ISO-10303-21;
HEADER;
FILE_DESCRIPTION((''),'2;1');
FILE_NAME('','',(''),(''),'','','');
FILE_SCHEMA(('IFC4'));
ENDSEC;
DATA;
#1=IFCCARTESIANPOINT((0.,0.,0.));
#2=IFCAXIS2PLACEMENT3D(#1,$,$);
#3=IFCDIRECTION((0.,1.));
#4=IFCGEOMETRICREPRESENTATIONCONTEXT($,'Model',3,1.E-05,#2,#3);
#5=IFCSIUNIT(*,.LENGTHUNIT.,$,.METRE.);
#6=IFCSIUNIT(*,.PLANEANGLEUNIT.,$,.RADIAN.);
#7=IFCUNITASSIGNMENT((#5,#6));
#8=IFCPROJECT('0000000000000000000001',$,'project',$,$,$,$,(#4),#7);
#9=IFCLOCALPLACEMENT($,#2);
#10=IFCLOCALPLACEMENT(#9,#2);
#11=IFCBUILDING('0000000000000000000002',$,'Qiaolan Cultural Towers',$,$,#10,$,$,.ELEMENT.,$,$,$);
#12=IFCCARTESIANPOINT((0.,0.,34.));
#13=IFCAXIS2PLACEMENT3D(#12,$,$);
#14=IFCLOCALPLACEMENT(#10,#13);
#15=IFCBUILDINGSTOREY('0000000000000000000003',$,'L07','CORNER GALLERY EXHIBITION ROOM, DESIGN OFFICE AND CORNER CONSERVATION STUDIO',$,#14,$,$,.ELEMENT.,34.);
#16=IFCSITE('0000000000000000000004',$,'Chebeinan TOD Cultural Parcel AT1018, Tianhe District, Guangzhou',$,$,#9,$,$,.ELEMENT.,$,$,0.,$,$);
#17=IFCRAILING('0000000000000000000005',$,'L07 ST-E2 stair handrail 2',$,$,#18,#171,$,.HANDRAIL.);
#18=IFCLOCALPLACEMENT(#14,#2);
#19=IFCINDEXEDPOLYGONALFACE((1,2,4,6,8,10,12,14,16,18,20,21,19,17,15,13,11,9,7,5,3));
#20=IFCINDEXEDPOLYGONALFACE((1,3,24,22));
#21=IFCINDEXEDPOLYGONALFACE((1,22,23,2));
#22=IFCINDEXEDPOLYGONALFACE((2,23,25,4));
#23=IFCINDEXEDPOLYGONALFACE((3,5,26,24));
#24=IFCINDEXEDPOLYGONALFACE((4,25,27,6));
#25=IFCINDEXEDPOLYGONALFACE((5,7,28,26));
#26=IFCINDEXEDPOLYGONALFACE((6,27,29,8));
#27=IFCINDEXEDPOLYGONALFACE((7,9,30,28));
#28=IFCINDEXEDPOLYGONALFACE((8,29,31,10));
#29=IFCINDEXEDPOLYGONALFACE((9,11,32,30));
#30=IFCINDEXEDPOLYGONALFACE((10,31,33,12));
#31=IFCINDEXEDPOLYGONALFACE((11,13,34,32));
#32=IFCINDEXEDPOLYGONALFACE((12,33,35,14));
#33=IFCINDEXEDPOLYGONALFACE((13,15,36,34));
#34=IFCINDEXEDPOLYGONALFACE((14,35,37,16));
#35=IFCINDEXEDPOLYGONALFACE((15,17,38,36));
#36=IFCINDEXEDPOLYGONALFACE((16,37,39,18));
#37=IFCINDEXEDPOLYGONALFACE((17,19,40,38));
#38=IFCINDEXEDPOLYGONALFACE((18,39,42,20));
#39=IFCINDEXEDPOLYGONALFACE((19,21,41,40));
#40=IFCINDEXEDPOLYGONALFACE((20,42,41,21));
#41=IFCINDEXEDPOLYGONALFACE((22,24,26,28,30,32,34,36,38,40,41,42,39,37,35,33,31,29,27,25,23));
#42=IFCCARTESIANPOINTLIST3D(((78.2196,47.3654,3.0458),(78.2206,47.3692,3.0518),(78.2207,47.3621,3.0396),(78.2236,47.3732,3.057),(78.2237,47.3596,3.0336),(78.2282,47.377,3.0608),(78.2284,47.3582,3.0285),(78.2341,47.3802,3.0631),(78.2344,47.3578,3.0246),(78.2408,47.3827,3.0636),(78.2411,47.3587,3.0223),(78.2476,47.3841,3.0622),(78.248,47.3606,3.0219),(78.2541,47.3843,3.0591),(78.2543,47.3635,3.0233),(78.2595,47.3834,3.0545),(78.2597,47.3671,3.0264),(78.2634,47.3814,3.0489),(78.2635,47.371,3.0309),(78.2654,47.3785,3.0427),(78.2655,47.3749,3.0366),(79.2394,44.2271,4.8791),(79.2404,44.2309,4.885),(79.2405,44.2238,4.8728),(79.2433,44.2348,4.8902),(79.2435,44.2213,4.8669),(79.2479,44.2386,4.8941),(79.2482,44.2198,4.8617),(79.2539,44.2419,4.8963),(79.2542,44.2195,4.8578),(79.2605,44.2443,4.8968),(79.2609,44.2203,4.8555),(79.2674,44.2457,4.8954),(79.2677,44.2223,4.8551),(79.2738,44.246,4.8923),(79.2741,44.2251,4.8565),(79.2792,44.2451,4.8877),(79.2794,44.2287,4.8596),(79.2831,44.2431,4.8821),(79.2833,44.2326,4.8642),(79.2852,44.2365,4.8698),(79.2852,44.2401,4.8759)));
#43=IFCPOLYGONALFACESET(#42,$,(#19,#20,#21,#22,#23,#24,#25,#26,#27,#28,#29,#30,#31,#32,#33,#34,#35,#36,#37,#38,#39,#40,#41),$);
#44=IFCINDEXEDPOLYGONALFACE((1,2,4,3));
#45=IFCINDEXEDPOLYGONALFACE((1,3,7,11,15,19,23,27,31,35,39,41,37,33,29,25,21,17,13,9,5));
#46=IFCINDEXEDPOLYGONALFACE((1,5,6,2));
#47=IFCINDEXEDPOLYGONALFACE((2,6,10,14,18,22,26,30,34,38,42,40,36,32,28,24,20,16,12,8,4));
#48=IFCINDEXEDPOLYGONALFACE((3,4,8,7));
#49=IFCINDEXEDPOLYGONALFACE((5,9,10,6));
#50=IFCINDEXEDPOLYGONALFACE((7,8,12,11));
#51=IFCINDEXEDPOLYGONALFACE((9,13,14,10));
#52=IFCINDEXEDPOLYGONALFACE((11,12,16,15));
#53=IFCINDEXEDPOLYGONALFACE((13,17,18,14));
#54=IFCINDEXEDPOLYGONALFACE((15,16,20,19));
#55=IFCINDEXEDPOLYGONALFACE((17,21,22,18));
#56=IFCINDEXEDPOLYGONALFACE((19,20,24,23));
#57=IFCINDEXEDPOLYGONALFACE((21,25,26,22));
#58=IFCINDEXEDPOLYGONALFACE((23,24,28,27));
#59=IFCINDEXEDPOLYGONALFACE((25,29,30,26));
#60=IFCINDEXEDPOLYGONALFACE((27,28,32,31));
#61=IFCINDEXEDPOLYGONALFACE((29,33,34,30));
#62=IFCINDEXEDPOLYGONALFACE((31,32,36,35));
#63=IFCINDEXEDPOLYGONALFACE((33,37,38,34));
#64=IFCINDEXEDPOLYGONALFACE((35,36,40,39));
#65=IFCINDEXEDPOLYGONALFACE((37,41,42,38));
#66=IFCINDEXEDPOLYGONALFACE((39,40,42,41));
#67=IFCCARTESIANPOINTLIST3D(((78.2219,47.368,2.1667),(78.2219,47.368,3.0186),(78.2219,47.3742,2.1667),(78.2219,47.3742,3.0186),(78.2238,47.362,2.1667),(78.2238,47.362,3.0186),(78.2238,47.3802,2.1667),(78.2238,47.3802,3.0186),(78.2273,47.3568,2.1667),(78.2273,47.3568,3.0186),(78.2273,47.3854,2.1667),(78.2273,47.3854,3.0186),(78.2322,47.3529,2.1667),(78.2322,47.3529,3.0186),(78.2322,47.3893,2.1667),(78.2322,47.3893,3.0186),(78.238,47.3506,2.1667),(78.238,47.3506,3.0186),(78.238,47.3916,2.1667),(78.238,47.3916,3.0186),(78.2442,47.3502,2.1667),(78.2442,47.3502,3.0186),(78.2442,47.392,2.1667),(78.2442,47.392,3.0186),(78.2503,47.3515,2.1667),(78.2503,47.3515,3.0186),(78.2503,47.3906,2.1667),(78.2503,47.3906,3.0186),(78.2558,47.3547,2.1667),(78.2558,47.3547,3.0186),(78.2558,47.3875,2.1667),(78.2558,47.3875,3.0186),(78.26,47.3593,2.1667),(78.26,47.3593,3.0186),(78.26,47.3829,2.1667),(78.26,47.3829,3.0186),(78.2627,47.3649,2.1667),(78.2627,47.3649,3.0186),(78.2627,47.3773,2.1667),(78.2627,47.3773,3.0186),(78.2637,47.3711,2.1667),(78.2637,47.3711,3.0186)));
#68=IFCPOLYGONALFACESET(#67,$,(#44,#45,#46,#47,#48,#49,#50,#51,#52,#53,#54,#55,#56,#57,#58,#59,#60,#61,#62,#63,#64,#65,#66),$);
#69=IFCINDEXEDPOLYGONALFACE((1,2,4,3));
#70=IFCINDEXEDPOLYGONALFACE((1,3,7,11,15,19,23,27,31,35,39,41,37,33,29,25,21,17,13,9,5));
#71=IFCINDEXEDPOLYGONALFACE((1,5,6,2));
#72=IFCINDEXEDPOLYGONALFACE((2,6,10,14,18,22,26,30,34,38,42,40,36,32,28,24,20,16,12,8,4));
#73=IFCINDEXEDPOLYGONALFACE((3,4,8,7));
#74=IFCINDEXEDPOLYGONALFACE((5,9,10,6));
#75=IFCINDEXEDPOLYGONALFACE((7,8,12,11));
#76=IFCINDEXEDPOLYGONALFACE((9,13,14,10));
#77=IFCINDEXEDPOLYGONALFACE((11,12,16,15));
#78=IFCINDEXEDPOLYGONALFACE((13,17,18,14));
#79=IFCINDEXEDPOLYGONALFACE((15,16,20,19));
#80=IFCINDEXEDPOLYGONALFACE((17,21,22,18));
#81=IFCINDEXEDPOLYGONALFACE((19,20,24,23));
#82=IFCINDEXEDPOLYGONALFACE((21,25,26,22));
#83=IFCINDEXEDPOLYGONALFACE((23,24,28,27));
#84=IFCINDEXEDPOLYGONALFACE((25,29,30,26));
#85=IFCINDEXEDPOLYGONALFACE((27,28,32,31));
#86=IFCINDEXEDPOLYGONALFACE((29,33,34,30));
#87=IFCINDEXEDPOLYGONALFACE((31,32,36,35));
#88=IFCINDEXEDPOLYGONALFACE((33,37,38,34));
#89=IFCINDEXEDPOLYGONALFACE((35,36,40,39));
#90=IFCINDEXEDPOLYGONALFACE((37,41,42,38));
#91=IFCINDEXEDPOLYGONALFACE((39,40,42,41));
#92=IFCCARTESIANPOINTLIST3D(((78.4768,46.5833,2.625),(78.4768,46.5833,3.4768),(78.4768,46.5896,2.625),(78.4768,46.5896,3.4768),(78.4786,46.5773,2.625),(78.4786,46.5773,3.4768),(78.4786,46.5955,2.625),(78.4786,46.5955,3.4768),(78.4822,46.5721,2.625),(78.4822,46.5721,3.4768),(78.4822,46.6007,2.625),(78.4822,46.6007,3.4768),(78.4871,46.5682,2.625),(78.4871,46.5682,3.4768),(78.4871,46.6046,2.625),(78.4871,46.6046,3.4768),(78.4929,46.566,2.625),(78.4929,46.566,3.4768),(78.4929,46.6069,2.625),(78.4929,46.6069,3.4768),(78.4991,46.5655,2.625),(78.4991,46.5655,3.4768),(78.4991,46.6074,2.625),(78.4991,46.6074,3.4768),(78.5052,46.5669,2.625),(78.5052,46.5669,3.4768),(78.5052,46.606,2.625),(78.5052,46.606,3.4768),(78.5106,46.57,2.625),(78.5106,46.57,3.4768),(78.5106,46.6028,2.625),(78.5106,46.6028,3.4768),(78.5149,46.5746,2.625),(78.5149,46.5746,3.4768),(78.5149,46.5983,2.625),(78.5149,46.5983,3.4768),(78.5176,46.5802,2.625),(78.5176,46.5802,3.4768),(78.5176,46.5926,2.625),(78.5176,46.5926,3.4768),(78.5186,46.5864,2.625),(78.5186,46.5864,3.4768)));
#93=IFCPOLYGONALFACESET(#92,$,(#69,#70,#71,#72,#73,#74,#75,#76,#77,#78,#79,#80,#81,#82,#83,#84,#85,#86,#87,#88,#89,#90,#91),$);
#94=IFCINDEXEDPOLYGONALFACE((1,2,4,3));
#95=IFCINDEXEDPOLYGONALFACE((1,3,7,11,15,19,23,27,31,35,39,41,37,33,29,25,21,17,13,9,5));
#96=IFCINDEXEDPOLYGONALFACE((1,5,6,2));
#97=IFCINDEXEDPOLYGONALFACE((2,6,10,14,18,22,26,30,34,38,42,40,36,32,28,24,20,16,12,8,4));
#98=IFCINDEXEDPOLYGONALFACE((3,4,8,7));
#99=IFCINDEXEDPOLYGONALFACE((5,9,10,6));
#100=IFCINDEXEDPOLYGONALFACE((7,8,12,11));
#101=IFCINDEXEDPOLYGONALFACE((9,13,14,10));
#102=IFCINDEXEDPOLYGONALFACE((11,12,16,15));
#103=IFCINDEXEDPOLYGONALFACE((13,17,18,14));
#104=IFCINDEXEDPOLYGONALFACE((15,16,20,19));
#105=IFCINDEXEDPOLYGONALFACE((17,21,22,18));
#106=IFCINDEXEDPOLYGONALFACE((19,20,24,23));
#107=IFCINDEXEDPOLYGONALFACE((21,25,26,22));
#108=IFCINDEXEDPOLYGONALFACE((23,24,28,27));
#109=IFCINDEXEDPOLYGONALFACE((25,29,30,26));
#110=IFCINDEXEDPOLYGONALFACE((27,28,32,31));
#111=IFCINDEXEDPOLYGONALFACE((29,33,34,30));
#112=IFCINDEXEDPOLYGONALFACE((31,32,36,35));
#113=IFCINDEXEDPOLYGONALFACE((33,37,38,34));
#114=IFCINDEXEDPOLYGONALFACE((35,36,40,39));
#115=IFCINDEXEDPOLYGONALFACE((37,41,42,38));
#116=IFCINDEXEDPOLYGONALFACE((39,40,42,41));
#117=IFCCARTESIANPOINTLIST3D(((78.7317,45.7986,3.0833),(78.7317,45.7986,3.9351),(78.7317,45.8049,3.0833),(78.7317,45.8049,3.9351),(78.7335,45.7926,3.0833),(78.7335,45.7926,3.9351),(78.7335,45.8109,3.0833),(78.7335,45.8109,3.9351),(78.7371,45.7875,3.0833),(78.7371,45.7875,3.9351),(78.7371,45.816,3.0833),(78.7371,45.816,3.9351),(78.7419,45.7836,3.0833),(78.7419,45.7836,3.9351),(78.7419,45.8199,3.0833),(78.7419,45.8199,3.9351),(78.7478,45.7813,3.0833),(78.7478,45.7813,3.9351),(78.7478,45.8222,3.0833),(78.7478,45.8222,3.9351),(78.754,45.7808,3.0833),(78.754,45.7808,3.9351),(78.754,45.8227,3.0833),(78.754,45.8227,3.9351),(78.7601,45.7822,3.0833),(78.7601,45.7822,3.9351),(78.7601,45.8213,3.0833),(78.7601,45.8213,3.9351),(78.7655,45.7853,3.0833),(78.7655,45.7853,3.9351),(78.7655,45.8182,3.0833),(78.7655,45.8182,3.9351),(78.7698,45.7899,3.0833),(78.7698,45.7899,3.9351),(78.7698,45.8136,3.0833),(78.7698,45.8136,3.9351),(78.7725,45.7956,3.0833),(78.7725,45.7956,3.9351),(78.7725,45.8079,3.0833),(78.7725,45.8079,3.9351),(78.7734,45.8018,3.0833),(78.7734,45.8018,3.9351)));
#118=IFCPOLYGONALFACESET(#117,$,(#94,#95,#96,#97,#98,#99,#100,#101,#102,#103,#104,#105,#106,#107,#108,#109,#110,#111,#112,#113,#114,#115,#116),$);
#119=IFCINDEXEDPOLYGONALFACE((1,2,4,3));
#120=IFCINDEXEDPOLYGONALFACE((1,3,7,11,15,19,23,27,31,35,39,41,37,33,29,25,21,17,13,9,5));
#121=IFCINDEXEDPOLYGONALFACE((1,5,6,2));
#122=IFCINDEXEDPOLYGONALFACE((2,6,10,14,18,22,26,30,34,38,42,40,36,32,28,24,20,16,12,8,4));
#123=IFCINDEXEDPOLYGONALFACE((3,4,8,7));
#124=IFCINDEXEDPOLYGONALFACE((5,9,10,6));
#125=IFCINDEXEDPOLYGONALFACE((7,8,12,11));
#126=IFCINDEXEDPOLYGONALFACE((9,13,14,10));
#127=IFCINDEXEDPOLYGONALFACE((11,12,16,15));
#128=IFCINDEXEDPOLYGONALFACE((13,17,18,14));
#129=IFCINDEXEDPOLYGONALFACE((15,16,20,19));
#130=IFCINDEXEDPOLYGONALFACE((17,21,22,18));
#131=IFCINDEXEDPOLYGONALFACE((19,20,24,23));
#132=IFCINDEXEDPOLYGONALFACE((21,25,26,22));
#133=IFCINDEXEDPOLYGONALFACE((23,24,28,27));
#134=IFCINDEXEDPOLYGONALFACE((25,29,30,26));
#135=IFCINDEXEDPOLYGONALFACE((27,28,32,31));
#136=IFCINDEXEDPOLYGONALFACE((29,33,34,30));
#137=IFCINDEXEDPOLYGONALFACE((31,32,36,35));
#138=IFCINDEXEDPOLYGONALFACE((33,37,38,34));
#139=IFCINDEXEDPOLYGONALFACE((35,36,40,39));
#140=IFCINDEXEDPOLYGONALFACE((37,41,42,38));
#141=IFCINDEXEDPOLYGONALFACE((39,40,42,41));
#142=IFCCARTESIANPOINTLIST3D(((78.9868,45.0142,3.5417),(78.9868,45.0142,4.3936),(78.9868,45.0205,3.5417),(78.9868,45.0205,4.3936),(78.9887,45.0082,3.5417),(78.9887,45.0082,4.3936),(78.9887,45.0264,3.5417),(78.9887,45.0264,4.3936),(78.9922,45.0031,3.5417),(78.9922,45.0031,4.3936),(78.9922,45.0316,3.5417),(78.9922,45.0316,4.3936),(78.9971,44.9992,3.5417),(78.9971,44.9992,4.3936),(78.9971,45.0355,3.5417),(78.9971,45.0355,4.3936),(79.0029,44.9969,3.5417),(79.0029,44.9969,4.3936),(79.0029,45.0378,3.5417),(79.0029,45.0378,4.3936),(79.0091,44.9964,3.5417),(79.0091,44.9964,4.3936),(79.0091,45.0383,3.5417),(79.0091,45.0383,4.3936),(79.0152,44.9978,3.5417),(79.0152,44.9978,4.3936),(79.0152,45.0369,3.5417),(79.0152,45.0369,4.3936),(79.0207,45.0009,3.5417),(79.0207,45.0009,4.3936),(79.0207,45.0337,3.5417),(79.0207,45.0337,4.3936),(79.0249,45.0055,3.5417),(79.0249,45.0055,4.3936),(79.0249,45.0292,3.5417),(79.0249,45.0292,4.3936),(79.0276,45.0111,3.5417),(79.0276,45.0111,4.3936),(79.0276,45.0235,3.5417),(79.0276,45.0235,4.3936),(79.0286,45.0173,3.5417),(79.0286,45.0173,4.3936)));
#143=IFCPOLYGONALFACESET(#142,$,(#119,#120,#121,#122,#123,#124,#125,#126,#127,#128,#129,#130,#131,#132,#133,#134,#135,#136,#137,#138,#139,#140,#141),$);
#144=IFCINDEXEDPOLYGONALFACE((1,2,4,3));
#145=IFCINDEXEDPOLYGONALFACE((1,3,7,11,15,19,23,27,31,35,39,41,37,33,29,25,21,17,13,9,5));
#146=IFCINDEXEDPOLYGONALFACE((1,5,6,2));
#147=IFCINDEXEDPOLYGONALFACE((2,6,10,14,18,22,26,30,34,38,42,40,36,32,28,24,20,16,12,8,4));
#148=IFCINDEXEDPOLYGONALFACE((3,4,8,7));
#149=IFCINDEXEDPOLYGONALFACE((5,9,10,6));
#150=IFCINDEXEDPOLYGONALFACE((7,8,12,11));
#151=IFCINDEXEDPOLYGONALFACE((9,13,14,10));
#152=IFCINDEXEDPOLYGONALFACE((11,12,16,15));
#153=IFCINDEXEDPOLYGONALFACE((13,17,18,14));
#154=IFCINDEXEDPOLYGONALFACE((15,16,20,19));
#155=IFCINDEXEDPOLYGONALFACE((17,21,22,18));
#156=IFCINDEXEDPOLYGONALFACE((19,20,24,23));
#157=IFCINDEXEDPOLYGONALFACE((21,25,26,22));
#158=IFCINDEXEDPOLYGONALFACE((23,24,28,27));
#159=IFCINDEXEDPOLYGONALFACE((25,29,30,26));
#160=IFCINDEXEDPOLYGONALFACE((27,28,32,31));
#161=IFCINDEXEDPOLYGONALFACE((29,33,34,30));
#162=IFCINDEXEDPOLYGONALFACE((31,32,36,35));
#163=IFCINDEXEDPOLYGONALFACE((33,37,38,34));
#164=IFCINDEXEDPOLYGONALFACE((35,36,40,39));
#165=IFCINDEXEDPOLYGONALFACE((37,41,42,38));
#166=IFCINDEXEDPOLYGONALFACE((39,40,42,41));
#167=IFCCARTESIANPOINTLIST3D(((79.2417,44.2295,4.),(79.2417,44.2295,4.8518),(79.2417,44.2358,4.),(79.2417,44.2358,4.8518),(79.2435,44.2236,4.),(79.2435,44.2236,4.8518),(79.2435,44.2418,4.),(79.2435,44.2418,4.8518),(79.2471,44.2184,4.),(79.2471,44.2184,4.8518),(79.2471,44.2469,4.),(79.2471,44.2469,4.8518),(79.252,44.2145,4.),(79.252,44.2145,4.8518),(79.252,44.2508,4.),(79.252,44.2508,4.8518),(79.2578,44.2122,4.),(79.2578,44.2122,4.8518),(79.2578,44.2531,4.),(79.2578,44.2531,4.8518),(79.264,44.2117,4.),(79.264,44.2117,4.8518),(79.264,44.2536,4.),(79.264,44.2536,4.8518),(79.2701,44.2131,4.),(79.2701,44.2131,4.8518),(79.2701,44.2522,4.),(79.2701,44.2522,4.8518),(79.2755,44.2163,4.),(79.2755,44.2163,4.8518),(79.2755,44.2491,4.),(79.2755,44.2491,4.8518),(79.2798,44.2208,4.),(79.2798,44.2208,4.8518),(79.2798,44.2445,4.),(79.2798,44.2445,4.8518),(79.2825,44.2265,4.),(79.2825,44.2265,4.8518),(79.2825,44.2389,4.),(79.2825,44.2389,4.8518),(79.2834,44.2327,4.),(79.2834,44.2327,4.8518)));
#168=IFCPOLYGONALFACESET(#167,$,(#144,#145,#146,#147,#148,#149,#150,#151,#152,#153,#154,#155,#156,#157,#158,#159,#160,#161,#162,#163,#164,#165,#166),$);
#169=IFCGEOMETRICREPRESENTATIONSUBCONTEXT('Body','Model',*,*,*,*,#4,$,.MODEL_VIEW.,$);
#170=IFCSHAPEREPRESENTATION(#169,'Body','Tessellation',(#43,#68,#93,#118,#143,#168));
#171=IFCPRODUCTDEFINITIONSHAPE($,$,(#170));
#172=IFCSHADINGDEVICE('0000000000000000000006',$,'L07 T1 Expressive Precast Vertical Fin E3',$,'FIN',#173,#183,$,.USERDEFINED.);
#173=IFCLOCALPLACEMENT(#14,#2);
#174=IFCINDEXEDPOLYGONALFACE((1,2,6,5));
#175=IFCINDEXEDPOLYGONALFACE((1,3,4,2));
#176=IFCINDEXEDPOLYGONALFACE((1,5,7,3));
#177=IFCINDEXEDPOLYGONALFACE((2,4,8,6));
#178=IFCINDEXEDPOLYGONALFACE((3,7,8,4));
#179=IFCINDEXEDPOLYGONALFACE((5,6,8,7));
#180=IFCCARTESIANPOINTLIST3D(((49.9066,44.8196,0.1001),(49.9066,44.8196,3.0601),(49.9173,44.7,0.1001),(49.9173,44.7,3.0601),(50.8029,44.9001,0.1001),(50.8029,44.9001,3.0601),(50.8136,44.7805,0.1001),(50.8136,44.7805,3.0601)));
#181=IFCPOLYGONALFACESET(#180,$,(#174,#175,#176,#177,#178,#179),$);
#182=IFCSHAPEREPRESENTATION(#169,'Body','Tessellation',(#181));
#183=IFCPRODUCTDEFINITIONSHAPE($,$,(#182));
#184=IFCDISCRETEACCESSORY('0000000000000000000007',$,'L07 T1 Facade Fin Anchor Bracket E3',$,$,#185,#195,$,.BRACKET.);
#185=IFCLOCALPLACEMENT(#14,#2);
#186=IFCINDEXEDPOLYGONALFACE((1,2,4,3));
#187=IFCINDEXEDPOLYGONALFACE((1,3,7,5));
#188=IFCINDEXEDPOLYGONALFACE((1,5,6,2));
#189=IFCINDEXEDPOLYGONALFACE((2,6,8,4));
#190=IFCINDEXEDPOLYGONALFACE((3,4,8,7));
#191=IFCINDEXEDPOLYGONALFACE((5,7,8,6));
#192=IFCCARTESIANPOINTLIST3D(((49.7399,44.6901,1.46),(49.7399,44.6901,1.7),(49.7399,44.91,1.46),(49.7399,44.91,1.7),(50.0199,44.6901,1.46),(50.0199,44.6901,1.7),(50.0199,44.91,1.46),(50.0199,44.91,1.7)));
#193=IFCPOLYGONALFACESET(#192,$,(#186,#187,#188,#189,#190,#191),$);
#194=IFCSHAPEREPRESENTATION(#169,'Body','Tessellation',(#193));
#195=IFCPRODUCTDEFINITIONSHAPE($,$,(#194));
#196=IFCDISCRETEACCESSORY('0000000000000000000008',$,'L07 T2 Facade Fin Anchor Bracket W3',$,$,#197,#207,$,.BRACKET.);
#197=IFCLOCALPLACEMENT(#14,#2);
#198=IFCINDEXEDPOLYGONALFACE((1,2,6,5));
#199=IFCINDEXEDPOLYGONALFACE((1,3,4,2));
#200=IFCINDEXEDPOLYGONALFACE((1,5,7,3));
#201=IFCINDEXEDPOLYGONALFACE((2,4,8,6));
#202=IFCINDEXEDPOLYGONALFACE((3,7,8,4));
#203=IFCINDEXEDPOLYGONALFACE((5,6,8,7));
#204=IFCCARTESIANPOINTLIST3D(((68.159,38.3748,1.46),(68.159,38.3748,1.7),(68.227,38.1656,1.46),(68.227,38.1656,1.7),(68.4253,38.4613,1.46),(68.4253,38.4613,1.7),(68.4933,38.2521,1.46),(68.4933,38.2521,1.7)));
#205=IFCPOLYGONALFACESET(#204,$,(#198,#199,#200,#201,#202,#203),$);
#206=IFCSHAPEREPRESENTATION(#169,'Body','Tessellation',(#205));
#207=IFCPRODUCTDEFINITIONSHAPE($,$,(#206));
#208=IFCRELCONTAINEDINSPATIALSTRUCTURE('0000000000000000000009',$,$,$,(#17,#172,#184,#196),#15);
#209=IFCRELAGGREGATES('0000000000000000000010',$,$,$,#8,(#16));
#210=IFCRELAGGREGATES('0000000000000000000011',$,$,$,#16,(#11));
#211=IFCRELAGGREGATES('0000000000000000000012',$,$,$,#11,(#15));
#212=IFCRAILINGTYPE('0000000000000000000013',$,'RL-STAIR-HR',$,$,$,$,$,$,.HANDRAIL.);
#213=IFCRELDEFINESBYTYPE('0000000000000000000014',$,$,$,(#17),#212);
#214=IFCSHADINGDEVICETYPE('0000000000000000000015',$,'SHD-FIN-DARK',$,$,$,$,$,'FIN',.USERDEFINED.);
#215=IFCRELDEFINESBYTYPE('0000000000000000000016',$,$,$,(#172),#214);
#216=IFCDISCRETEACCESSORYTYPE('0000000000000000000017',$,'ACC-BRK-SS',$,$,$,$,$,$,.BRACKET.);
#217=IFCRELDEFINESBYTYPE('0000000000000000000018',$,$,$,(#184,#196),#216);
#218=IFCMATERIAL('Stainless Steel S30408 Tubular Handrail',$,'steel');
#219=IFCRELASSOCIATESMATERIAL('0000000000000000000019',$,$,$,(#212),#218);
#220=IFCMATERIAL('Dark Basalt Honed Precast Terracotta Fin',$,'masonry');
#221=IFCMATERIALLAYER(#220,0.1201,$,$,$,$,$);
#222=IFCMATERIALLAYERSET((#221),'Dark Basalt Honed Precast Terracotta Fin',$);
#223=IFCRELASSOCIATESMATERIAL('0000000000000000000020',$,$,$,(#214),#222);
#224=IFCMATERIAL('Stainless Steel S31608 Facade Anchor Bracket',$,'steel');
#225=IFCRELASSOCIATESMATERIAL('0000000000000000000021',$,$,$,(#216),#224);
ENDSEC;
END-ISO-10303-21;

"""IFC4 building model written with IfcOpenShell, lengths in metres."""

from ifc_helpers import new_model, si_unit, direction, frame, origin, origin_2d, place, context, subcontext, project, spatial, rectangle, circle, extrude, material, layer, layer_set, type_object, element, save


model = new_model("IFC4")

# Units and contexts
model_context = context("Model", 3, precision=1e-05, world=origin(), true_north=direction((0.0, 1.0)))
body_context = subcontext(model_context, "Body", "Model", "MODEL_VIEW")
ifc_project = project(units=[si_unit("LENGTHUNIT", "METRE"), si_unit("PLANEANGLEUNIT", "RADIAN")], contexts=[model_context])

# Site, building, storey
site_placement = place(None, origin())
site = spatial("IfcSite", under=ifc_project, at=site_placement, Name="Chebeinan TOD Cultural Parcel AT1018, Tianhe District, Guangzhou", CompositionType="ELEMENT", RefElevation=0.0)
building_placement = place(site_placement, origin())
building = spatial("IfcBuilding", under=site, at=building_placement, Name="Qiaolan Cultural Towers", CompositionType="ELEMENT")
storey_placement = place(building_placement, frame((0.0, 0.0, 34.0)))
storey = spatial("IfcBuildingStorey", under=building, at=storey_placement, Name="L07", Description="CORNER GALLERY EXHIBITION ROOM, DESIGN OFFICE AND CORNER CONSERVATION STUDIO", CompositionType="ELEMENT", Elevation=34.0)

# Railing
ifc_material_1 = material(Name="Stainless Steel S30408 Tubular Handrail", Category="steel")
railing_type = type_object("IfcRailingType", Name="RL-STAIR-HR", PredefinedType="HANDRAIL", material=ifc_material_1)
railing_placement = place(storey_placement, frame((78.2427, 47.3711, 2.1667)))
element("IfcRailing", 1, at=railing_placement, inside=storey, type_object=railing_type, Name="L07 ST-E2 stair handrail 2", PredefinedType="HANDRAIL", context=body_context, shape_type="SweptSolid", body=[
    extrude(circle(Radius=0.0239, at=origin_2d()), frame((0.0, 0.0, 0.876), z_axis=(0.270141, -0.831376, 0.485632), x_axis=(0.951053, 0.309028, 0.0)), (0.0, 0.0, 1.0), 3.7749),
    extrude(circle(Radius=0.021, at=origin_2d()), origin(), (0.0, 0.0, 1.0), 0.8518),
    extrude(circle(Radius=0.021, at=origin_2d()), frame((0.2549, -0.7847, 0.4583)), (0.0, 0.0, 1.0), 0.8518),
    extrude(circle(Radius=0.021, at=origin_2d()), frame((0.5098, -1.5693, 0.9165)), (0.0, 0.0, 1.0), 0.8518),
    extrude(circle(Radius=0.021, at=origin_2d()), frame((0.7649, -2.3538, 1.375)), (0.0, 0.0, 1.0), 0.8518),
    extrude(circle(Radius=0.021, at=origin_2d()), frame((1.0198, -3.1384, 1.8333)), (0.0, 0.0, 1.0), 0.8518),
])

# Shading device
ifc_material_2 = material(Name="Dark Basalt Honed Precast Terracotta Fin", Category="masonry")
ifc_layer_1 = layer(ifc_material_2, 0.1201)
ifc_layer_set_1 = layer_set([ifc_layer_1], Name="Dark Basalt Honed Precast Terracotta Fin")
shading_device_type = type_object("IfcShadingDeviceType", Name="SHD-FIN-DARK", ElementType="FIN", PredefinedType="USERDEFINED", material=ifc_layer_set_1)
shading_device_placement = place(storey_placement, frame((50.3601, 44.8, 0.1001), z_axis=(0.0, 0.0, 1.0), x_axis=(0.995994, 0.089421, 0.0)))
element("IfcShadingDevice", 2, at=shading_device_placement, inside=storey, type_object=shading_device_type, Name="L07 T1 Expressive Precast Vertical Fin E3", ObjectType="FIN", PredefinedType="USERDEFINED", context=body_context, shape_type="SweptSolid", body=[
    extrude(rectangle(XDim=0.8999, YDim=0.1201, at=origin_2d()), origin(), (0.0, 0.0, 1.0), 2.96),
])

# Discrete accessories
ifc_material_3 = material(Name="Stainless Steel S31608 Facade Anchor Bracket", Category="steel")
discrete_accessory_type = type_object("IfcDiscreteAccessoryType", Name="ACC-BRK-SS", PredefinedType="BRACKET", material=ifc_material_3)
for number, where, z_axis, x_axis, name in (
    (3, (49.8799, 44.8, 1.46), (0.0, 0.0, 1.0), (1.0, 0.0, 0.0), "L07 T1 Facade Fin Anchor Bracket E3"),
    (4, (68.3262, 38.3135, 1.46), (0.0, 0.0, 1.0), (0.951057, 0.309017, 0.0), "L07 T2 Facade Fin Anchor Bracket W3"),
):
    element("IfcDiscreteAccessory", number, at=place(storey_placement, frame(where, z_axis=z_axis, x_axis=x_axis)), inside=storey, type_object=discrete_accessory_type, Name=name, PredefinedType="BRACKET", context=body_context, shape_type="SweptSolid", body=[
        extrude(rectangle(XDim=0.28, YDim=0.22, at=origin_2d()), origin(), (0.0, 0.0, 1.0), 0.24),
    ])

save(model, "model.ifc")
